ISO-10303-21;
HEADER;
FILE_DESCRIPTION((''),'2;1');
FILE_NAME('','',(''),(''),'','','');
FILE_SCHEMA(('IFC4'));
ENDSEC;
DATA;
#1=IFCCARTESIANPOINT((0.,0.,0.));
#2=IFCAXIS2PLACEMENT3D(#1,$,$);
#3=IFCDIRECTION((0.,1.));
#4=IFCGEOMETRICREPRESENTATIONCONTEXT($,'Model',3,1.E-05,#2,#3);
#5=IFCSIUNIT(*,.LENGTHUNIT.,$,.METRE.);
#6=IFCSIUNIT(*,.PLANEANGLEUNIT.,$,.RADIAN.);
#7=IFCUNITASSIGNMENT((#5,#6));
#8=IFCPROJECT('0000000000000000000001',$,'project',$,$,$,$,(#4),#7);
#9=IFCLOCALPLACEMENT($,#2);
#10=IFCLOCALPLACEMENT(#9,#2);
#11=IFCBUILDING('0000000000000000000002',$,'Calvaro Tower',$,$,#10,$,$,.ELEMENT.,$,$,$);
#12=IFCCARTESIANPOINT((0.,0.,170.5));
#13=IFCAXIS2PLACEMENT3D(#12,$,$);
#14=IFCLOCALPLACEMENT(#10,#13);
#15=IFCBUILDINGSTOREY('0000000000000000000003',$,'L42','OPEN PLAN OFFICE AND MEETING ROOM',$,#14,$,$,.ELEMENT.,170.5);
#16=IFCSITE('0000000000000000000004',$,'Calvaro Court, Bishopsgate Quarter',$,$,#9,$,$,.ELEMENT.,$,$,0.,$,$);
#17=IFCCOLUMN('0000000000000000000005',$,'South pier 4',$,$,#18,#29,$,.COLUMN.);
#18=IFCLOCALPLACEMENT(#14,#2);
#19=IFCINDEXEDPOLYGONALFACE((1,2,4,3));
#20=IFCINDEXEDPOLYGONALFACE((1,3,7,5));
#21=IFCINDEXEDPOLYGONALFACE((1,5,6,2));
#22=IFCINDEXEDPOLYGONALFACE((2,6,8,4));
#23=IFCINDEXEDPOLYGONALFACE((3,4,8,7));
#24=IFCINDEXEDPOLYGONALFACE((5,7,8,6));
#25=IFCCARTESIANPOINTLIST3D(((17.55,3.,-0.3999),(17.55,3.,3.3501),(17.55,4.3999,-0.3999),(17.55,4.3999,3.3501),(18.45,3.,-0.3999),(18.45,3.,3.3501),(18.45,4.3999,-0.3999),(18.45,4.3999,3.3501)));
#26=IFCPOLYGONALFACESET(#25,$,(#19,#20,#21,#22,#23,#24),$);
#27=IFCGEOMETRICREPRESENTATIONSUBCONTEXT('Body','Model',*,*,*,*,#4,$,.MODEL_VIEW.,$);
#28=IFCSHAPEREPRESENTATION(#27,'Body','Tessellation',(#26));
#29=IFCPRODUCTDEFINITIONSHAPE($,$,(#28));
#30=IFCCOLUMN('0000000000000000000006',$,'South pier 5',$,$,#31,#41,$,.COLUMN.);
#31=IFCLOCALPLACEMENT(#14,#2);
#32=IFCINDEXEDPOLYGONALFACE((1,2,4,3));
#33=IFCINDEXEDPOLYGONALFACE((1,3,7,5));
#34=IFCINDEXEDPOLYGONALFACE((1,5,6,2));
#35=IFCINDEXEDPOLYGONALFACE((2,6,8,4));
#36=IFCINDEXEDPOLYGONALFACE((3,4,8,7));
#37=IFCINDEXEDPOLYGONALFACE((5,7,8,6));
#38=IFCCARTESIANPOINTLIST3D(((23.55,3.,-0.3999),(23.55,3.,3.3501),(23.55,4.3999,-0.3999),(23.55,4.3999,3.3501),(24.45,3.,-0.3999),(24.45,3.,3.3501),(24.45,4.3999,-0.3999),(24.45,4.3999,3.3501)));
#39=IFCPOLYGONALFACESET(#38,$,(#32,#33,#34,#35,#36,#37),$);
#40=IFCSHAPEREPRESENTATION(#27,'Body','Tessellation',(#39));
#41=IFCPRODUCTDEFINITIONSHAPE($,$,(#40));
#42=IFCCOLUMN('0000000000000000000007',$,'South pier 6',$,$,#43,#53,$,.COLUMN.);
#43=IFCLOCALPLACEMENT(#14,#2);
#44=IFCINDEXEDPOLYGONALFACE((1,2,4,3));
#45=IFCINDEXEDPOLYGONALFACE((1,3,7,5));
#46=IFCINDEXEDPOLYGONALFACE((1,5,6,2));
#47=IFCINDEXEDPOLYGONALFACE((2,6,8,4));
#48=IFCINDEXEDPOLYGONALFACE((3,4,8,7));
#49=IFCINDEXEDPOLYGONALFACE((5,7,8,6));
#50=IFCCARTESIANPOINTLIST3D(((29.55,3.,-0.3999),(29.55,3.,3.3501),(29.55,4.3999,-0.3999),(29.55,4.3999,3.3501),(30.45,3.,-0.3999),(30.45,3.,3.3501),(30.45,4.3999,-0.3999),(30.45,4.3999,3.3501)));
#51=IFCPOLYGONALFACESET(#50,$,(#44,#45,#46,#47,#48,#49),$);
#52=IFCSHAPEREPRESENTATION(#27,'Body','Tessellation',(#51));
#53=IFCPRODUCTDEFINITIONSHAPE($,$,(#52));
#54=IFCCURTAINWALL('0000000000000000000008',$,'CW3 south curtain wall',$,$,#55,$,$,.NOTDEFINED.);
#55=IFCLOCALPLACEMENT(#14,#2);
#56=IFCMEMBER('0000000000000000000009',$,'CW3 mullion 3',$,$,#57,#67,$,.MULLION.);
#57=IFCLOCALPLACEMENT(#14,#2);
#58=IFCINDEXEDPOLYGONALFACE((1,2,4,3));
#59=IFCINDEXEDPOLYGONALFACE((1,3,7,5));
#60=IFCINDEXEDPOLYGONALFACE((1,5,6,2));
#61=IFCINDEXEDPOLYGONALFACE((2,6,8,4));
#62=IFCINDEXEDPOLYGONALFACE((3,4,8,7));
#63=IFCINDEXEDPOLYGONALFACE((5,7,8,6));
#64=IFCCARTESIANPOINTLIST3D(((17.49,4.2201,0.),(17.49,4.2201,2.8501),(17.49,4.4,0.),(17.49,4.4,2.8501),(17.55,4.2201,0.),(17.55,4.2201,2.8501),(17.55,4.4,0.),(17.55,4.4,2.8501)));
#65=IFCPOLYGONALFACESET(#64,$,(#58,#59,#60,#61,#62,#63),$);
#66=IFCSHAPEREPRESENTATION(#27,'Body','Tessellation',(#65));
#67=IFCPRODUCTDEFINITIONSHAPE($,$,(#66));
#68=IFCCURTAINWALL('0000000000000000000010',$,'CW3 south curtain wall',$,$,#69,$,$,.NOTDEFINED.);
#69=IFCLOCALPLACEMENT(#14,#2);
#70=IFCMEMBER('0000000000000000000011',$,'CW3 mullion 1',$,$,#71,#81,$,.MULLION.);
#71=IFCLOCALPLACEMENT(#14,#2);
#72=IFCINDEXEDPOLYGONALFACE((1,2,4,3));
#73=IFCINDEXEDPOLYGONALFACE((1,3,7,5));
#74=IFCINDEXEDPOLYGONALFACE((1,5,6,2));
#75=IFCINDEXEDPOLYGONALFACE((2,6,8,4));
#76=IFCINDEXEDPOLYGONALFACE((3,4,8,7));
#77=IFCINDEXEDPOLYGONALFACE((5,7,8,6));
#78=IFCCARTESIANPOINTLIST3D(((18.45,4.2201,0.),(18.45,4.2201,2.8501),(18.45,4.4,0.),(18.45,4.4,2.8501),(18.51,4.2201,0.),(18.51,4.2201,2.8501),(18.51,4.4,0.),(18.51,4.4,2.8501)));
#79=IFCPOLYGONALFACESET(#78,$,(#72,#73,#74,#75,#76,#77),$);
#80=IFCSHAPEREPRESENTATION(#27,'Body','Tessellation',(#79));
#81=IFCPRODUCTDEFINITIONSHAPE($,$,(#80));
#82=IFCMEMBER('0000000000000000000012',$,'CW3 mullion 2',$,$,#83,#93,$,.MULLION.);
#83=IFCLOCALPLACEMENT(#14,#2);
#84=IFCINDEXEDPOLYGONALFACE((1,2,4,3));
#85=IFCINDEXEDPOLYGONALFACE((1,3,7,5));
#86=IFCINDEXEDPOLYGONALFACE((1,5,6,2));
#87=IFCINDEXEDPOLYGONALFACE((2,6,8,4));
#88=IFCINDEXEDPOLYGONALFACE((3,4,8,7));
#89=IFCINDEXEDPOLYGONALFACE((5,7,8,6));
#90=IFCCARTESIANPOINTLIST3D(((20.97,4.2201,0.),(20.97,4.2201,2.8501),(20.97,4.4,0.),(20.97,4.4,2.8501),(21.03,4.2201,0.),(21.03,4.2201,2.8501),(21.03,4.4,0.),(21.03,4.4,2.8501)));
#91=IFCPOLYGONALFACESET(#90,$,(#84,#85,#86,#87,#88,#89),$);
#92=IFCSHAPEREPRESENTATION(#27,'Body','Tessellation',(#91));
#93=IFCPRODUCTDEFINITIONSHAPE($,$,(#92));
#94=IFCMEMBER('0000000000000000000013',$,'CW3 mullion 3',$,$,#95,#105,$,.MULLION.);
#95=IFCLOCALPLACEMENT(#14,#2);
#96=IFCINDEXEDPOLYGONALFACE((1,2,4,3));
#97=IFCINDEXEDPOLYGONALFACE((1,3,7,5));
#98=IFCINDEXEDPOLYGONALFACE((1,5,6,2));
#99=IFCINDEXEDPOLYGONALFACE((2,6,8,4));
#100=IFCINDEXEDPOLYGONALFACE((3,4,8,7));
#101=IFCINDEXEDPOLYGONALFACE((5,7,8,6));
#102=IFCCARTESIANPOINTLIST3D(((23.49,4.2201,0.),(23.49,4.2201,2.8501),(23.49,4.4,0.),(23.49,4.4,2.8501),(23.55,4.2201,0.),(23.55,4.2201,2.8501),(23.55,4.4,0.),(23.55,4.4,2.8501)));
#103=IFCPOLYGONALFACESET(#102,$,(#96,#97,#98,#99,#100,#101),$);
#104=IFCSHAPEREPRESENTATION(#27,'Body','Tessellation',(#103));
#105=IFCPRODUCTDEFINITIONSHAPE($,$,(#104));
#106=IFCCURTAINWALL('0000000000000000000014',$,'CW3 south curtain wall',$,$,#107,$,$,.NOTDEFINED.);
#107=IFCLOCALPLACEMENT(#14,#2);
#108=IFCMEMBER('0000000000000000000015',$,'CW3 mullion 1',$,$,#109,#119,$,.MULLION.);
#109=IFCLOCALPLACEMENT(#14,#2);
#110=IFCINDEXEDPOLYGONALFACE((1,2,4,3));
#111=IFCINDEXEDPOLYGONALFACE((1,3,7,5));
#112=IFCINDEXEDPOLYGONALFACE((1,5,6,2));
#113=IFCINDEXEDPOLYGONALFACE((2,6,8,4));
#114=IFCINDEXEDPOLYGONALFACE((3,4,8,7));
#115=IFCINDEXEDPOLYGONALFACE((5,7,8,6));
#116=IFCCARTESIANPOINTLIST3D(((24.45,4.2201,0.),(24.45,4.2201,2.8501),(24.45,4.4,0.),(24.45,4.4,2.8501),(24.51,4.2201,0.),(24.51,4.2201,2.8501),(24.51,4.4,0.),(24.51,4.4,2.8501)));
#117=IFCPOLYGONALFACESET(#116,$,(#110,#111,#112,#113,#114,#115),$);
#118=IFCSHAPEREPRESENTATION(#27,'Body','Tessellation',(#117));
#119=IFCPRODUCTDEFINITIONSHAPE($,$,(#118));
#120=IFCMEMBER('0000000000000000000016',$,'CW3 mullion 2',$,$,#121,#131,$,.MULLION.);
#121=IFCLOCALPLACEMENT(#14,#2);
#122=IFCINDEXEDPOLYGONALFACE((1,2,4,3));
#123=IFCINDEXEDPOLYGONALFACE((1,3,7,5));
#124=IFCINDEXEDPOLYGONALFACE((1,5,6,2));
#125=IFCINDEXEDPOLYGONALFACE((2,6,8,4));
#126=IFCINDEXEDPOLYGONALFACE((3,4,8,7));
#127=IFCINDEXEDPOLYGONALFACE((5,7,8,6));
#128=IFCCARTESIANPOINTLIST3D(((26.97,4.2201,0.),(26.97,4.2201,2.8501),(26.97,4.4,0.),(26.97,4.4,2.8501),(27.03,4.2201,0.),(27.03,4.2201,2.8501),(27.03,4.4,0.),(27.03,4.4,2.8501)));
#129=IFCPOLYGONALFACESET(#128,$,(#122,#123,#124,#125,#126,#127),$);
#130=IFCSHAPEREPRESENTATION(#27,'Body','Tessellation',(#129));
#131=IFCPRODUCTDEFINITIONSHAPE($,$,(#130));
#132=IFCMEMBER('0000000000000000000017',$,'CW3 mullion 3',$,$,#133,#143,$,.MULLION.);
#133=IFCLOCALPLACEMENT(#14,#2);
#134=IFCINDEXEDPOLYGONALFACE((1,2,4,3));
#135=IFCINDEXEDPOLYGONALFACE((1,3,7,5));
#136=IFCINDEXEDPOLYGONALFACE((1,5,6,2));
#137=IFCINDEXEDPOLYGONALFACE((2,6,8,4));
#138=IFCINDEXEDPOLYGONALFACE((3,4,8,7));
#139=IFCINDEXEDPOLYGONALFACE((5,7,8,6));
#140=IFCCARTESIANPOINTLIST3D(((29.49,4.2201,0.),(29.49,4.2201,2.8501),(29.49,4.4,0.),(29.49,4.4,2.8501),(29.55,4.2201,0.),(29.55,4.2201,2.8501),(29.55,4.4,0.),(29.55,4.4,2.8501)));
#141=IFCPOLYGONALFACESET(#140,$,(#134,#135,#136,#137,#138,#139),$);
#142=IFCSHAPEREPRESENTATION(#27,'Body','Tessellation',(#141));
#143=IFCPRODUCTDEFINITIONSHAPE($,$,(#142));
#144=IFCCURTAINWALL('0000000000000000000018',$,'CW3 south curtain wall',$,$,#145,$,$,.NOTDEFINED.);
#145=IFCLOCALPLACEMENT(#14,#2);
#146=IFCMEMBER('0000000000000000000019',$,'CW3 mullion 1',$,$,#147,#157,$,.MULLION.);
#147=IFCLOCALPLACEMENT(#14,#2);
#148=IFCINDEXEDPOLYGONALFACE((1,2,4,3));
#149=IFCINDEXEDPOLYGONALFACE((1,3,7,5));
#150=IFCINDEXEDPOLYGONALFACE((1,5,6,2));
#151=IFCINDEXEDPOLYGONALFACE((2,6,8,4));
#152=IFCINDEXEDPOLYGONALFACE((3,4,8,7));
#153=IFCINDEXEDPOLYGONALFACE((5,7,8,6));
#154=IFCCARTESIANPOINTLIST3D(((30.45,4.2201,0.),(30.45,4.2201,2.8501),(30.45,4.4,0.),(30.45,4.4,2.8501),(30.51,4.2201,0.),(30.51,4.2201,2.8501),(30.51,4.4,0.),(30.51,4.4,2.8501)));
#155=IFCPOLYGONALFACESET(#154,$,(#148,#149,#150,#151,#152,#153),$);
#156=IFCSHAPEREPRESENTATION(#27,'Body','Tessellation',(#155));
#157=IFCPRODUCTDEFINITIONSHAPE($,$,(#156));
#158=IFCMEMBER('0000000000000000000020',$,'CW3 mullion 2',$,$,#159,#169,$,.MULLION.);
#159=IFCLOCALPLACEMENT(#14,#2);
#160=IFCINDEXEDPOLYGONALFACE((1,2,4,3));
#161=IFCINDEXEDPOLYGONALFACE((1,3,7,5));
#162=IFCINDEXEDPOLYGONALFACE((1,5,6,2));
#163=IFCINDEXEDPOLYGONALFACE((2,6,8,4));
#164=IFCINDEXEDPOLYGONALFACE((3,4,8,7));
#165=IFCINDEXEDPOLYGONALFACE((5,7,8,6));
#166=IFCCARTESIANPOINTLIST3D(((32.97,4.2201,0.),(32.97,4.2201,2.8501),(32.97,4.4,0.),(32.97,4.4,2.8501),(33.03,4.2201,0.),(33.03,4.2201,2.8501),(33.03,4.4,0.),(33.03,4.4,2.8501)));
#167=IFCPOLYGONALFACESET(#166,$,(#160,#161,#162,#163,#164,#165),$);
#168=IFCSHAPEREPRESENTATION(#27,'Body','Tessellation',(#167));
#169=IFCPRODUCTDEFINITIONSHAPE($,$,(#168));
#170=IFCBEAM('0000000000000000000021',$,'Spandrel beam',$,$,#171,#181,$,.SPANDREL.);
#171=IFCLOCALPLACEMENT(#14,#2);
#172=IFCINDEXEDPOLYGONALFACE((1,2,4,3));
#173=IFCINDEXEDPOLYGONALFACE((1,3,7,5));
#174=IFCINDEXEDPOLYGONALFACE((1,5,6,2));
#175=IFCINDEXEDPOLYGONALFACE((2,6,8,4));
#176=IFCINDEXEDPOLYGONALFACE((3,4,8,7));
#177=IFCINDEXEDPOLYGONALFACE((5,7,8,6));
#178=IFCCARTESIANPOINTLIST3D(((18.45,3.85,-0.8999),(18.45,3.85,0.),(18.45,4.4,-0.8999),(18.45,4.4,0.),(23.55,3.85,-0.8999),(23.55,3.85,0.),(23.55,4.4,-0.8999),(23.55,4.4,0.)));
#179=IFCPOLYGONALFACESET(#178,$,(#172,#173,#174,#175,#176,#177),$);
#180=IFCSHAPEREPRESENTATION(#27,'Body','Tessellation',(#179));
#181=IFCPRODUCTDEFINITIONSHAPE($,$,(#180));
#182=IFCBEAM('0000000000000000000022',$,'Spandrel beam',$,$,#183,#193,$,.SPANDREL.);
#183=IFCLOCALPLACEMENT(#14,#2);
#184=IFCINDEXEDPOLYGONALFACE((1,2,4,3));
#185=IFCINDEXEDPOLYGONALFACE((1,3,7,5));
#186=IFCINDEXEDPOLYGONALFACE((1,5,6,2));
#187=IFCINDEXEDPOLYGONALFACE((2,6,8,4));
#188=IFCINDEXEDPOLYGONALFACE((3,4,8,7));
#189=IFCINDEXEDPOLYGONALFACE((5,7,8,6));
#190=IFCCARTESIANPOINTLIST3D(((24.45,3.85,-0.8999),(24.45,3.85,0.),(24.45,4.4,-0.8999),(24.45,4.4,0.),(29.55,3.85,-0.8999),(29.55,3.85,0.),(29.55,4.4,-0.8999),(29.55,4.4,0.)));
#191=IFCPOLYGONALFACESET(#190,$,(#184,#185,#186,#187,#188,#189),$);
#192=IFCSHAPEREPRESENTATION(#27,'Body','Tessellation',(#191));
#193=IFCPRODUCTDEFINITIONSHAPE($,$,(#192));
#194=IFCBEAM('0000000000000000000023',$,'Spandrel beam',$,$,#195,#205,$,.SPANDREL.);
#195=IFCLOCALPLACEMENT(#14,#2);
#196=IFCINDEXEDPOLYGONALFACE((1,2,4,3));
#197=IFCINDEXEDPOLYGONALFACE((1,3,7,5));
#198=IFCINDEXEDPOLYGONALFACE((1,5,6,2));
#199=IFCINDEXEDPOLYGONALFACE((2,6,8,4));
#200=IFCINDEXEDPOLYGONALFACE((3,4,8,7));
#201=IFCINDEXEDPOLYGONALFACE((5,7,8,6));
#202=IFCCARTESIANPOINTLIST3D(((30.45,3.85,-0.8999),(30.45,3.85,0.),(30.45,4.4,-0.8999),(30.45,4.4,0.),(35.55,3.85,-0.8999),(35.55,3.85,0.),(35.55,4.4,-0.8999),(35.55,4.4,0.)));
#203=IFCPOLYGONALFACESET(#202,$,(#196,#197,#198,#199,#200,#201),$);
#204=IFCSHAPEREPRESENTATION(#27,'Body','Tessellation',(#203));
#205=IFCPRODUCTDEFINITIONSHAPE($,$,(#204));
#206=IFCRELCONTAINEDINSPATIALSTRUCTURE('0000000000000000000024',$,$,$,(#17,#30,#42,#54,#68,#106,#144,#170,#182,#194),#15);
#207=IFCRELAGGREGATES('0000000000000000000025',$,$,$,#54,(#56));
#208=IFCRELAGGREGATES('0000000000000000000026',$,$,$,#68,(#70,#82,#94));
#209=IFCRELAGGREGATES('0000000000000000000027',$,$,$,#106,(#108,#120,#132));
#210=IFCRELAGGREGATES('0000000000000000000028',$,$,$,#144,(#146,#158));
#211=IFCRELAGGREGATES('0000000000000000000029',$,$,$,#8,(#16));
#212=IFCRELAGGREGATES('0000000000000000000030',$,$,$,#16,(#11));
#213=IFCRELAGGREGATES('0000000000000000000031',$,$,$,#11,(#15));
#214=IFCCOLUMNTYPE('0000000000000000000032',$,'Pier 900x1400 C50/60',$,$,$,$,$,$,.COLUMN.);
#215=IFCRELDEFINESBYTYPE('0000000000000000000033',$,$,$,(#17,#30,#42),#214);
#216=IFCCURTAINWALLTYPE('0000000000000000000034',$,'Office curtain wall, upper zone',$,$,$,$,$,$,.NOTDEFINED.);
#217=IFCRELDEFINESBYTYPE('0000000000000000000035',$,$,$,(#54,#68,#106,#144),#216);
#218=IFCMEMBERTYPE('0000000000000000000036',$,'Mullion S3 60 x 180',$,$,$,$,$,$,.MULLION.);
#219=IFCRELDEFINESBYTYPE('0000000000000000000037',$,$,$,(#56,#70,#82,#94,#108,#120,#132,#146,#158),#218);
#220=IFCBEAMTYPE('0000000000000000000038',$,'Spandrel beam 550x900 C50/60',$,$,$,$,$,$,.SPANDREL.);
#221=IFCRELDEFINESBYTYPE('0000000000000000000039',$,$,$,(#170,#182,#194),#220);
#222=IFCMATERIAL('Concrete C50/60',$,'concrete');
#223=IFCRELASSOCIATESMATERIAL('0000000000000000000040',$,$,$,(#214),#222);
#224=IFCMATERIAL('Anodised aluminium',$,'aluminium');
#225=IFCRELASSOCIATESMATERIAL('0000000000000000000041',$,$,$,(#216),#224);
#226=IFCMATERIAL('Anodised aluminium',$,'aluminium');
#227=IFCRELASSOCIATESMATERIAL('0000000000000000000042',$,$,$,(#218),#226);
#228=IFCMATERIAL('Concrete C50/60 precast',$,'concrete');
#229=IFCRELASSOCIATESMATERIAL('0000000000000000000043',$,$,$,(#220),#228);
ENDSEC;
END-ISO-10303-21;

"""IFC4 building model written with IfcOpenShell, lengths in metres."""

from ifc_helpers import new_model, si_unit, direction, frame, origin, origin_2d, place, context, subcontext, project, spatial, rectangle, extrude, material, material_profile, profile_set, type_object, element, aggregate, save


model = new_model("IFC4")

# Units and contexts
model_context = context("Model", 3, precision=1e-05, world=origin(), true_north=direction((0.0, 1.0)))
body_context = subcontext(model_context, "Body", "Model", "MODEL_VIEW")
ifc_project = project(units=[si_unit("LENGTHUNIT", "METRE"), si_unit("PLANEANGLEUNIT", "RADIAN")], contexts=[model_context])

# Site, building, storey
site_placement = place(None, origin())
site = spatial("IfcSite", under=ifc_project, at=site_placement, Name="Calvaro Court, Bishopsgate Quarter", CompositionType="ELEMENT", RefElevation=0.0)
building_placement = place(site_placement, origin())
building = spatial("IfcBuilding", under=site, at=building_placement, Name="Calvaro Tower", CompositionType="ELEMENT")
storey_placement = place(building_placement, frame((0.0, 0.0, 170.5)))
storey = spatial("IfcBuildingStorey", under=building, at=storey_placement, Name="L42", Description="OPEN PLAN OFFICE AND MEETING ROOM", CompositionType="ELEMENT", Elevation=170.5)

# Columns
ifc_material_1 = material(Name="Concrete C50/60", Category="concrete")
ifc_material_profile_1 = material_profile(ifc_material_1, rectangle(XDim=0.8999, YDim=1.3999, at=origin_2d()), Name="RC 900x1400")
ifc_profile_set_1 = profile_set([ifc_material_profile_1], Name="Concrete C50/60")
column_type = type_object("IfcColumnType", Name="Pier 900x1400 C50/60", PredefinedType="COLUMN", material=ifc_profile_set_1)
for number, where, z_axis, x_axis, name in (
    (1, (18.0, 3.7, -0.3999), (0.0, 0.0, 1.0), (1.0, 0.0, 0.0), "South pier 4"),
    (2, (24.0, 3.7, -0.3999), (0.0, 0.0, 1.0), (1.0, 0.0, 0.0), "South pier 5"),
    (3, (30.0, 3.7, -0.3999), (0.0, 0.0, 1.0), (1.0, 0.0, 0.0), "South pier 6"),
):
    element("IfcColumn", number, at=place(storey_placement, frame(where, z_axis=z_axis, x_axis=x_axis)), inside=storey, type_object=column_type, Name=name, PredefinedType="COLUMN", context=body_context, shape_type="SweptSolid", body=[
        extrude(rectangle(XDim=0.8999, YDim=1.3999, at=origin_2d()), origin(), (0.0, 0.0, 1.0), 3.75),
    ])

# Curtain wall, member
ifc_material_2 = material(Name="Anodised aluminium", Category="aluminium")
curtain_wall_type = type_object("IfcCurtainWallType", Name="Office curtain wall, upper zone", PredefinedType="NOTDEFINED", material=ifc_material_2)
curtain_wall_1_placement = place(storey_placement, origin())
curtain_wall_1 = element("IfcCurtainWall", 4, at=curtain_wall_1_placement, inside=storey, type_object=curtain_wall_type, Name="CW3 south curtain wall", PredefinedType="NOTDEFINED")
ifc_material_3 = material(Name="Anodised aluminium", Category="aluminium")
ifc_material_profile_2 = material_profile(ifc_material_3, rectangle(XDim=0.1799, YDim=0.0601, at=origin_2d()), Name="Mullion S3 60 x 180")
ifc_profile_set_2 = profile_set([ifc_material_profile_2], Name="Anodised aluminium")
member_type_1 = type_object("IfcMemberType", Name="Mullion S3 60 x 180", PredefinedType="MULLION", material=ifc_profile_set_2)
member_1_placement = place(storey_placement, frame((17.52, 4.3101, 0.0), z_axis=(0.0, 0.0, 1.0), x_axis=(0.0, 1.0, 0.0)))
member_1 = element("IfcMember", 5, at=member_1_placement, type_object=member_type_1, Name="CW3 mullion 3", PredefinedType="MULLION", context=body_context, shape_type="SweptSolid", body=[
    extrude(rectangle(XDim=0.1799, YDim=0.0601, at=origin_2d()), origin(), (0.0, 0.0, 1.0), 2.8501),
])
aggregate(curtain_wall_1, [member_1])

# Curtain walls, members
curtain_wall_2_placement = place(storey_placement, origin())
curtain_wall_2 = element("IfcCurtainWall", 6, at=curtain_wall_2_placement, inside=storey, type_object=curtain_wall_type, Name="CW3 south curtain wall", PredefinedType="NOTDEFINED")
member_2_placement = place(storey_placement, frame((18.48, 4.3101, 0.0), z_axis=(0.0, 0.0, 1.0), x_axis=(0.0, 1.0, 0.0)))
member_2 = element("IfcMember", 7, at=member_2_placement, type_object=member_type_1, Name="CW3 mullion 1", PredefinedType="MULLION", context=body_context, shape_type="SweptSolid", body=[
    extrude(rectangle(XDim=0.1799, YDim=0.0601, at=origin_2d()), origin(), (0.0, 0.0, 1.0), 2.8501),
])
member_3_placement = place(storey_placement, frame((21.0, 4.3101, 0.0), z_axis=(0.0, 0.0, 1.0), x_axis=(0.0, 1.0, 0.0)))
member_3 = element("IfcMember", 8, at=member_3_placement, type_object=member_type_1, Name="CW3 mullion 2", PredefinedType="MULLION", context=body_context, shape_type="SweptSolid", body=[
    extrude(rectangle(XDim=0.1799, YDim=0.0601, at=origin_2d()), origin(), (0.0, 0.0, 1.0), 2.8501),
])
member_4_placement = place(storey_placement, frame((23.52, 4.3101, 0.0), z_axis=(0.0, 0.0, 1.0), x_axis=(0.0, 1.0, 0.0)))
member_4 = element("IfcMember", 9, at=member_4_placement, type_object=member_type_1, Name="CW3 mullion 3", PredefinedType="MULLION", context=body_context, shape_type="SweptSolid", body=[
    extrude(rectangle(XDim=0.1799, YDim=0.0601, at=origin_2d()), origin(), (0.0, 0.0, 1.0), 2.8501),
])
curtain_wall_3_placement = place(storey_placement, origin())
curtain_wall_3 = element("IfcCurtainWall", 10, at=curtain_wall_3_placement, inside=storey, type_object=curtain_wall_type, Name="CW3 south curtain wall", PredefinedType="NOTDEFINED")
member_5_placement = place(storey_placement, frame((24.48, 4.3101, 0.0), z_axis=(0.0, 0.0, 1.0), x_axis=(0.0, 1.0, 0.0)))
member_5 = element("IfcMember", 11, at=member_5_placement, type_object=member_type_1, Name="CW3 mullion 1", PredefinedType="MULLION", context=body_context, shape_type="SweptSolid", body=[
    extrude(rectangle(XDim=0.1799, YDim=0.0601, at=origin_2d()), origin(), (0.0, 0.0, 1.0), 2.8501),
])
member_6_placement = place(storey_placement, frame((27.0, 4.3101, 0.0), z_axis=(0.0, 0.0, 1.0), x_axis=(0.0, 1.0, 0.0)))
member_6 = element("IfcMember", 12, at=member_6_placement, type_object=member_type_1, Name="CW3 mullion 2", PredefinedType="MULLION", context=body_context, shape_type="SweptSolid", body=[
    extrude(rectangle(XDim=0.1799, YDim=0.0601, at=origin_2d()), origin(), (0.0, 0.0, 1.0), 2.8501),
])
member_7_placement = place(storey_placement, frame((29.52, 4.3101, 0.0), z_axis=(0.0, 0.0, 1.0), x_axis=(0.0, 1.0, 0.0)))
member_7 = element("IfcMember", 13, at=member_7_placement, type_object=member_type_1, Name="CW3 mullion 3", PredefinedType="MULLION", context=body_context, shape_type="SweptSolid", body=[
    extrude(rectangle(XDim=0.1799, YDim=0.0601, at=origin_2d()), origin(), (0.0, 0.0, 1.0), 2.8501),
])
curtain_wall_4_placement = place(storey_placement, origin())
curtain_wall_4 = element("IfcCurtainWall", 14, at=curtain_wall_4_placement, inside=storey, type_object=curtain_wall_type, Name="CW3 south curtain wall", PredefinedType="NOTDEFINED")
member_8_placement = place(storey_placement, frame((30.48, 4.3101, 0.0), z_axis=(0.0, 0.0, 1.0), x_axis=(0.0, 1.0, 0.0)))
member_8 = element("IfcMember", 15, at=member_8_placement, type_object=member_type_1, Name="CW3 mullion 1", PredefinedType="MULLION", context=body_context, shape_type="SweptSolid", body=[
    extrude(rectangle(XDim=0.1799, YDim=0.0601, at=origin_2d()), origin(), (0.0, 0.0, 1.0), 2.8501),
])
member_9_placement = place(storey_placement, frame((33.0, 4.3101, 0.0), z_axis=(0.0, 0.0, 1.0), x_axis=(0.0, 1.0, 0.0)))
member_9 = element("IfcMember", 16, at=member_9_placement, type_object=member_type_1, Name="CW3 mullion 2", PredefinedType="MULLION", context=body_context, shape_type="SweptSolid", body=[
    extrude(rectangle(XDim=0.1799, YDim=0.0601, at=origin_2d()), origin(), (0.0, 0.0, 1.0), 2.8501),
])

# Beams
ifc_material_4 = material(Name="Concrete C50/60 precast", Category="concrete")
ifc_material_profile_3 = material_profile(ifc_material_4, rectangle(XDim=0.55, YDim=0.8999, at=origin_2d()), Name="RC 550x900")
ifc_profile_set_3 = profile_set([ifc_material_profile_3], Name="Concrete C50/60 precast")
beam_type = type_object("IfcBeamType", Name="Spandrel beam 550x900 C50/60", PredefinedType="SPANDREL", material=ifc_profile_set_3)
for number, where, z_axis, x_axis, name in (
    (17, (18.45, 4.125, -0.45), (1.0, 0.0, 0.0), (0.0, 1.0, 0.0), "Spandrel beam"),
    (18, (24.45, 4.125, -0.45), (1.0, 0.0, 0.0), (0.0, 1.0, 0.0), "Spandrel beam"),
    (19, (30.45, 4.125, -0.45), (1.0, 0.0, 0.0), (0.0, 1.0, 0.0), "Spandrel beam"),
):
    element("IfcBeam", number, at=place(storey_placement, frame(where, z_axis=z_axis, x_axis=x_axis)), inside=storey, type_object=beam_type, Name=name, PredefinedType="SPANDREL", context=body_context, shape_type="SweptSolid", body=[
        extrude(rectangle(XDim=0.55, YDim=0.8999, at=origin_2d()), origin(), (0.0, 0.0, 1.0), 5.1001),
    ])

aggregate(curtain_wall_2, [member_2, member_3, member_4])
aggregate(curtain_wall_3, [member_5, member_6, member_7])
aggregate(curtain_wall_4, [member_8, member_9])

save(model, "model.ifc")
